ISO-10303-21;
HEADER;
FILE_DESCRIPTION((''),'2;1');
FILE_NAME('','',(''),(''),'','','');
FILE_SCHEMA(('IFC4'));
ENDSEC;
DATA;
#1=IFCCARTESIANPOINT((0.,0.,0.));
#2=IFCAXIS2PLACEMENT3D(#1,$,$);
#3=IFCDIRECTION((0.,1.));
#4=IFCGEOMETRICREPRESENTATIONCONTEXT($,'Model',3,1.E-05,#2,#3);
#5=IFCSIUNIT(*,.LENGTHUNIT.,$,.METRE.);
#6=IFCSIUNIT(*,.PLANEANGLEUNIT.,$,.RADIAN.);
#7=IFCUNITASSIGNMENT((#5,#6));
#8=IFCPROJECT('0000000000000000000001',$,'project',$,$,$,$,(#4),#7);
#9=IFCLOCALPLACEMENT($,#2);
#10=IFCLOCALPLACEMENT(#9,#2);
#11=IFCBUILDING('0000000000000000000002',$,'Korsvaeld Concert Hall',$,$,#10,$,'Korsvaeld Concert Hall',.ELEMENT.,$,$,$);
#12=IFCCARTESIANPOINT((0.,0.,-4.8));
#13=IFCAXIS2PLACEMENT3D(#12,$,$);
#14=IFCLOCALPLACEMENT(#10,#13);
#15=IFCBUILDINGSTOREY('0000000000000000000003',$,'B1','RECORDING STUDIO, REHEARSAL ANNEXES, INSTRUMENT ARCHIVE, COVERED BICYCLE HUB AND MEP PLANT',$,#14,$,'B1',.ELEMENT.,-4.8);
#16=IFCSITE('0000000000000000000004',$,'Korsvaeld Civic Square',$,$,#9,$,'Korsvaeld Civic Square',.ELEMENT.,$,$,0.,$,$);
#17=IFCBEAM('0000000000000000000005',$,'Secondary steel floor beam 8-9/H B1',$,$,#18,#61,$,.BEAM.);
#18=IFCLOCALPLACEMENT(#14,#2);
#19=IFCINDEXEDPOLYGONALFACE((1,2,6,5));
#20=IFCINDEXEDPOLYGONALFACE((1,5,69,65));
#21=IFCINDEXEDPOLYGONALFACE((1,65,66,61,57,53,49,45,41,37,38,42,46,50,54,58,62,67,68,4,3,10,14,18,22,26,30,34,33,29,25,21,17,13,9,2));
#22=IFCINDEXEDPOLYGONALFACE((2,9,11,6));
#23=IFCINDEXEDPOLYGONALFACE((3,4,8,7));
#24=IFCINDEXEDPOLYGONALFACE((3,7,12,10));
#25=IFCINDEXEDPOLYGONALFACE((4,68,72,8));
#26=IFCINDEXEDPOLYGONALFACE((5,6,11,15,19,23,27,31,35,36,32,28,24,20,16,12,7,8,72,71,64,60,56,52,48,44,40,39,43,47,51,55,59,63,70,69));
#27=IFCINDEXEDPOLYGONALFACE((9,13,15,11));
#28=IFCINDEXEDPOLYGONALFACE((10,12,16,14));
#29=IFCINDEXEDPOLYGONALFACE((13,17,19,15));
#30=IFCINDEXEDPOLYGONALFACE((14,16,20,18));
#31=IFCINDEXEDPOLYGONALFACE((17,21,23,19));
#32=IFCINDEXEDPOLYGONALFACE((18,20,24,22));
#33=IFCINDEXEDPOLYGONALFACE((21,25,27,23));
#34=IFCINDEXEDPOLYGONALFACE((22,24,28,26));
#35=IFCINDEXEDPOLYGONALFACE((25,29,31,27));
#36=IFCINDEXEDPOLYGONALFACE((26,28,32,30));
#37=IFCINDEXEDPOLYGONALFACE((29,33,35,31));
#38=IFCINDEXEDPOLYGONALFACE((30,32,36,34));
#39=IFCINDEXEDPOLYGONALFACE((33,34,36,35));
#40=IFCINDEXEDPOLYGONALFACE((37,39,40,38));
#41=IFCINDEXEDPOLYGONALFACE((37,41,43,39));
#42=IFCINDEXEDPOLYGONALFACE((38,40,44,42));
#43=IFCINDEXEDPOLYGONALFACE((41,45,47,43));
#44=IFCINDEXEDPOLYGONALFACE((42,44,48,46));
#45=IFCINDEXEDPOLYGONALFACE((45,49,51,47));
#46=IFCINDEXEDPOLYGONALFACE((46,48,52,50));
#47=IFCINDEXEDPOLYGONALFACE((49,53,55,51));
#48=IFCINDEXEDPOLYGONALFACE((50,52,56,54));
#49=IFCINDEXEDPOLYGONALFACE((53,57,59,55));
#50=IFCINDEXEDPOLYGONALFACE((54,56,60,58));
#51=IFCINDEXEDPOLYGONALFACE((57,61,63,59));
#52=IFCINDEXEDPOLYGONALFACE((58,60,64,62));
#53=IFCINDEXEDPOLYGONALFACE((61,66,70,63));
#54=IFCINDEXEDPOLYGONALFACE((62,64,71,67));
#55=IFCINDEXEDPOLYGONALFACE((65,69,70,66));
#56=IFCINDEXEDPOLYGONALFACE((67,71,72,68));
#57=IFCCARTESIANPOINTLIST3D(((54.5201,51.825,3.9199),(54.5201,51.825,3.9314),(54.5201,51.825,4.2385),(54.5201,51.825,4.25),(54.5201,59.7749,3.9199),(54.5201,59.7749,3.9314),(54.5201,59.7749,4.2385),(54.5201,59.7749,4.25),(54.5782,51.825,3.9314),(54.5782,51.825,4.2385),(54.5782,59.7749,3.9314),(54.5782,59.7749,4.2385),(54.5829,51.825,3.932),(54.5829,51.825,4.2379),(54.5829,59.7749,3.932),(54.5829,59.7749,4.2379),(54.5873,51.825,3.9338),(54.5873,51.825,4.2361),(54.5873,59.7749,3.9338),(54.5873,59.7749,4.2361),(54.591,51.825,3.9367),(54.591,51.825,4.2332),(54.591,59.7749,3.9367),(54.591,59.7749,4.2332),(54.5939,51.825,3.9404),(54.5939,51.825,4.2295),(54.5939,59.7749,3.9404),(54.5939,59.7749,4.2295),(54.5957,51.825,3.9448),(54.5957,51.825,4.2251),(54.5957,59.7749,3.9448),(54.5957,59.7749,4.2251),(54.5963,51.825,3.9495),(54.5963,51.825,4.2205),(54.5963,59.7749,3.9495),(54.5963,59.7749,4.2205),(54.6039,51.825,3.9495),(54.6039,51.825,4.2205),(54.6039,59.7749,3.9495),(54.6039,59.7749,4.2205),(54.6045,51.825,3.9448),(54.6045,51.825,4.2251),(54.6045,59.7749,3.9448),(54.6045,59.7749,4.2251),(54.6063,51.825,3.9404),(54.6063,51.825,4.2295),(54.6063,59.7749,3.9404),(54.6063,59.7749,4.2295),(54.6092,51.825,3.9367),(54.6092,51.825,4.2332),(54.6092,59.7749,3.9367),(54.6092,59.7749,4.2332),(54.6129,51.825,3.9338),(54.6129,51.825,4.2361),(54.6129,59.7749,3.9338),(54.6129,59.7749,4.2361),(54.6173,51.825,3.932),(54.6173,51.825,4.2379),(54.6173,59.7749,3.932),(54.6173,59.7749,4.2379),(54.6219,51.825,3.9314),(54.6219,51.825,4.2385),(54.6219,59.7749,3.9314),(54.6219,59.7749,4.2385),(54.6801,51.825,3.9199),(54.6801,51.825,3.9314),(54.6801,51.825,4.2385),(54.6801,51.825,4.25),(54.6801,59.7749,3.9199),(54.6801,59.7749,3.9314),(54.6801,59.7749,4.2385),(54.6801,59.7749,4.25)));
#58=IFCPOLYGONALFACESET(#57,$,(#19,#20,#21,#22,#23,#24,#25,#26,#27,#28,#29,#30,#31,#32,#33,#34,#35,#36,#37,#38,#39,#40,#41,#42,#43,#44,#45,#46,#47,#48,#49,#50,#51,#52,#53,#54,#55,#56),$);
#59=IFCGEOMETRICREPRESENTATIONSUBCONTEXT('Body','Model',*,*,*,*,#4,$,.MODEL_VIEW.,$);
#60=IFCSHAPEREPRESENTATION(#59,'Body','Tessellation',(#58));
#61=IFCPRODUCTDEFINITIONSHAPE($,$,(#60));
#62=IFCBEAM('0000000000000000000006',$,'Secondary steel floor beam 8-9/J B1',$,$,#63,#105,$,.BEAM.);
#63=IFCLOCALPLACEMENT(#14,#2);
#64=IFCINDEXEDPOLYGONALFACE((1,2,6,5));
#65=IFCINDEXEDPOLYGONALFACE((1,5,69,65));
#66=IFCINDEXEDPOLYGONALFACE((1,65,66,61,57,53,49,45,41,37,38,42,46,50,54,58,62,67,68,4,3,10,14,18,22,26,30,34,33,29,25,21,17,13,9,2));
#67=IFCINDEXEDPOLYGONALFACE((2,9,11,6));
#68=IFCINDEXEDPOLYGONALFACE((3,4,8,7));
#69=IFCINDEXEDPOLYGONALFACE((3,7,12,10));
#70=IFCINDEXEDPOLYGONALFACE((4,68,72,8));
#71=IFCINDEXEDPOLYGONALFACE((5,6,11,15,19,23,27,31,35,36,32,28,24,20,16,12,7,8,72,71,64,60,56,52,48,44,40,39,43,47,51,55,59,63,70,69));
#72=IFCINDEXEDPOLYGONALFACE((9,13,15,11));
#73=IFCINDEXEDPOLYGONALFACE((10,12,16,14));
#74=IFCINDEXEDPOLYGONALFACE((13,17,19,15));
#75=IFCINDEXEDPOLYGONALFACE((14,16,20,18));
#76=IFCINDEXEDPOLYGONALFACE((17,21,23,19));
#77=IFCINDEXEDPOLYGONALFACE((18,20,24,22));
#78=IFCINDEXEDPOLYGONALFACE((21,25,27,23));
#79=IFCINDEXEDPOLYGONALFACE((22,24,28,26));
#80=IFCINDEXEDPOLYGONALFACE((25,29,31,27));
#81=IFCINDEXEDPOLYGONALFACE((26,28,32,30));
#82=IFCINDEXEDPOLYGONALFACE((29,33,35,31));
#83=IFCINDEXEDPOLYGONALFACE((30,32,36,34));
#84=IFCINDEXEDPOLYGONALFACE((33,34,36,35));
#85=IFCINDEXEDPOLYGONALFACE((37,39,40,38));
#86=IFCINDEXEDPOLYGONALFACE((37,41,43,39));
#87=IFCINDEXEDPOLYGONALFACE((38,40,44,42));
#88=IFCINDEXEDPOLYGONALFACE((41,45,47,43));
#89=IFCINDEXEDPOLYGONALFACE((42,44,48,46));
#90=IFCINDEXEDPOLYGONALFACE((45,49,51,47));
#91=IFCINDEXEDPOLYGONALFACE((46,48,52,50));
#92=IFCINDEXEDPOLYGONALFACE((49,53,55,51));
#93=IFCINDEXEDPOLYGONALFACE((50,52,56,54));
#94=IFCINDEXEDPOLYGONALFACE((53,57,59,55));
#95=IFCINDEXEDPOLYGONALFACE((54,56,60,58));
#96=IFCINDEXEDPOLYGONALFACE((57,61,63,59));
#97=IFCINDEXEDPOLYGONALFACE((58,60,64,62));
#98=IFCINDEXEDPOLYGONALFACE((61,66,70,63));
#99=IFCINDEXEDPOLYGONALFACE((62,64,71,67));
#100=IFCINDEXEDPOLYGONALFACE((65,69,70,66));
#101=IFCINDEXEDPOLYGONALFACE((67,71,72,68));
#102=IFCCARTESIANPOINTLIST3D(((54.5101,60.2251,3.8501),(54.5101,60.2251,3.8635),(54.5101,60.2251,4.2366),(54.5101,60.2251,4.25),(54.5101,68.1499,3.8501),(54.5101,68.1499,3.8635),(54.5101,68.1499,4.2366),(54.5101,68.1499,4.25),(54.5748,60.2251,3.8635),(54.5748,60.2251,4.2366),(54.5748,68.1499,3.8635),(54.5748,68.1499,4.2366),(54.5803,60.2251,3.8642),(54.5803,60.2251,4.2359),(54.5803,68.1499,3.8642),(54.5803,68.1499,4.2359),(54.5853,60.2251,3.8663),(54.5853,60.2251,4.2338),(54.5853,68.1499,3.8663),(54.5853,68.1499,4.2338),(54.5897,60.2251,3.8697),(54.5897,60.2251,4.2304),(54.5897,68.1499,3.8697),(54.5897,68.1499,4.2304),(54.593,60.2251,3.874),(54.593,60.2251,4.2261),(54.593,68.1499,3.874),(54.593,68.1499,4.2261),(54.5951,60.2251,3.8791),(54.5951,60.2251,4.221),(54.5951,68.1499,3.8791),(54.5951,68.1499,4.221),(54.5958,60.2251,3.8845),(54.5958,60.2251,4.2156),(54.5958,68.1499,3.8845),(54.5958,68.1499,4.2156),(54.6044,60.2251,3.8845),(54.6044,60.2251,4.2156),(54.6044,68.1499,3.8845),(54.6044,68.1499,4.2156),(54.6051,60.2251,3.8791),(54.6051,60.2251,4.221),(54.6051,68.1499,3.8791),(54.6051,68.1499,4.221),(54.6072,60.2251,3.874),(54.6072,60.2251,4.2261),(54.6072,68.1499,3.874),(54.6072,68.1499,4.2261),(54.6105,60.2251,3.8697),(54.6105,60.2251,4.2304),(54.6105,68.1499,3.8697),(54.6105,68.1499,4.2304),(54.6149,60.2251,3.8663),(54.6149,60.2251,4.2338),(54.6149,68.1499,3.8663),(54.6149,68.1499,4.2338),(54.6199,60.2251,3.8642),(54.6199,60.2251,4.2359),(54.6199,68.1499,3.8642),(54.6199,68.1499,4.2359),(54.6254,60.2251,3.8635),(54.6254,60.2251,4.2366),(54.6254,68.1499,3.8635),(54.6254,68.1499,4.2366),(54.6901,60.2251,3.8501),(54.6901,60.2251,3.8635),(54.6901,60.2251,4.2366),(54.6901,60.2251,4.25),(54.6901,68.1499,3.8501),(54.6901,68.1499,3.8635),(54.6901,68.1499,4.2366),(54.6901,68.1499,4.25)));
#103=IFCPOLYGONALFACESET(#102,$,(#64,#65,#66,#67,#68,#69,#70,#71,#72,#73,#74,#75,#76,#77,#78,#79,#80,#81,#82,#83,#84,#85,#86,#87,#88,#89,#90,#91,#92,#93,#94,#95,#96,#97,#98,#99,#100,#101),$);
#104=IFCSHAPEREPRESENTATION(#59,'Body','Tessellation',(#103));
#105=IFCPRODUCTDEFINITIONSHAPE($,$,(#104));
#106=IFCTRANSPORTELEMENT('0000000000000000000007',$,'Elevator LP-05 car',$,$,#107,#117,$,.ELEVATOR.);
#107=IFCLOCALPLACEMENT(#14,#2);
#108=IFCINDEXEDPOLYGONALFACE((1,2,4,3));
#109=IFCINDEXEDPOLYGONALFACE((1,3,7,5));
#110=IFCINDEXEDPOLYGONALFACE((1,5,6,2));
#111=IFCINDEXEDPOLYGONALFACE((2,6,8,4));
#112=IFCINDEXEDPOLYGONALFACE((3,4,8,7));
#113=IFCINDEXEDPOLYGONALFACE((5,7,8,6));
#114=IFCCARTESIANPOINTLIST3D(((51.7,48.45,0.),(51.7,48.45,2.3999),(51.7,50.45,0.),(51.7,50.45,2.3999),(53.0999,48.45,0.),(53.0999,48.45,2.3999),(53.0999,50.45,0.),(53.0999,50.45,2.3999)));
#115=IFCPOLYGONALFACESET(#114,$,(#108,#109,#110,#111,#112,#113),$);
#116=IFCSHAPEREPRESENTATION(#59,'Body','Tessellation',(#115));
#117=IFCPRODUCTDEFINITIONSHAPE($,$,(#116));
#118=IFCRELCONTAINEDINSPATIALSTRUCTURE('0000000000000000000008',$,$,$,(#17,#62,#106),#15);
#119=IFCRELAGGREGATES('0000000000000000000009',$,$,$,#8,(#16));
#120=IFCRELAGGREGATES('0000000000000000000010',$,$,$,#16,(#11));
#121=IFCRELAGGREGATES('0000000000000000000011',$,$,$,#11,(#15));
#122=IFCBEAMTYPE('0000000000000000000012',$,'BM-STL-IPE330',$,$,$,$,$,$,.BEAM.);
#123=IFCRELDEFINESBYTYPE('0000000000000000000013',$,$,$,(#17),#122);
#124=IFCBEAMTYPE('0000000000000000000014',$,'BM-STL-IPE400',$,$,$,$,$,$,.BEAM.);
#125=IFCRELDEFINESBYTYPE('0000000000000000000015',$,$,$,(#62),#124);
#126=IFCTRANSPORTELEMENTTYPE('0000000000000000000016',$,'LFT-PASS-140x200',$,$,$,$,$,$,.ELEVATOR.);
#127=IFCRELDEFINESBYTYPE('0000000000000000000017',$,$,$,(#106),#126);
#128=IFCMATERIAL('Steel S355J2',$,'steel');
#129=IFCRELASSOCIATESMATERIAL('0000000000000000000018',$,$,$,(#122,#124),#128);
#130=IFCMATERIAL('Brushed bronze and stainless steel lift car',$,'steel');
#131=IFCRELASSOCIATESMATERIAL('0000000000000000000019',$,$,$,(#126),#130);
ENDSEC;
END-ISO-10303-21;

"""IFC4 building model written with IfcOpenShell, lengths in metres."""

from ifc_helpers import new_model, si_unit, direction, frame, origin, origin_2d, place, context, subcontext, project, spatial, rectangle, i_section, extrude, material, material_profile, profile_set, type_object, element, save


model = new_model("IFC4")

# Units and contexts
model_context = context("Model", 3, precision=1e-05, world=origin(), true_north=direction((0.0, 1.0)))
body_context = subcontext(model_context, "Body", "Model", "MODEL_VIEW")
ifc_project = project(units=[si_unit("LENGTHUNIT", "METRE"), si_unit("PLANEANGLEUNIT", "RADIAN")], contexts=[model_context])

# Site, building, storey
site_placement = place(None, origin())
site = spatial("IfcSite", under=ifc_project, at=site_placement, Name="Korsvaeld Civic Square", LongName="Korsvaeld Civic Square", CompositionType="ELEMENT", RefElevation=0.0)
building_placement = place(site_placement, origin())
building = spatial("IfcBuilding", under=site, at=building_placement, Name="Korsvaeld Concert Hall", LongName="Korsvaeld Concert Hall", CompositionType="ELEMENT")
storey_placement = place(building_placement, frame((0.0, 0.0, -4.8)))
storey = spatial("IfcBuildingStorey", under=building, at=storey_placement, Name="B1", Description="RECORDING STUDIO, REHEARSAL ANNEXES, INSTRUMENT ARCHIVE, COVERED BICYCLE HUB AND MEP PLANT", LongName="B1", CompositionType="ELEMENT", Elevation=-4.8)

# Beams
ifc_material_1 = material(Name="Steel S355J2", Category="steel")
ifc_material_profile_1 = material_profile(ifc_material_1, i_section(OverallWidth=0.1599, OverallDepth=0.3301, WebThickness=0.0076, FlangeThickness=0.0115, FilletRadius=0.0181, at=origin_2d()), Name="IPE 330")
ifc_profile_set_1 = profile_set([ifc_material_profile_1], Name="Steel S355J2")
beam_type_1 = type_object("IfcBeamType", Name="BM-STL-IPE330", PredefinedType="BEAM", material=ifc_profile_set_1)
beam_1_placement = place(storey_placement, frame((54.6001, 51.825, 4.085), z_axis=(0.0, 1.0, 0.0), x_axis=(-1.0, 0.0, 0.0)))
element("IfcBeam", 1, at=beam_1_placement, inside=storey, type_object=beam_type_1, Name="Secondary steel floor beam 8-9/H B1", PredefinedType="BEAM", context=body_context, shape_type="SweptSolid", body=[
    extrude(i_section(OverallWidth=0.1599, OverallDepth=0.3301, WebThickness=0.0076, FlangeThickness=0.0115, FilletRadius=0.0181, at=origin_2d()), origin(), (0.0, 0.0, 1.0), 7.95),
])
ifc_material_profile_2 = material_profile(ifc_material_1, i_section(OverallWidth=0.1799, OverallDepth=0.3999, WebThickness=0.0085, FlangeThickness=0.0134, FilletRadius=0.021, at=origin_2d()), Name="IPE 400")
ifc_profile_set_2 = profile_set([ifc_material_profile_2], Name="Steel S355J2")
beam_type_2 = type_object("IfcBeamType", Name="BM-STL-IPE400", PredefinedType="BEAM", material=ifc_profile_set_2)
beam_2_placement = place(storey_placement, frame((54.6001, 60.2251, 4.05), z_axis=(0.0, 1.0, 0.0), x_axis=(-1.0, 0.0, 0.0)))
element("IfcBeam", 2, at=beam_2_placement, inside=storey, type_object=beam_type_2, Name="Secondary steel floor beam 8-9/J B1", PredefinedType="BEAM", context=body_context, shape_type="SweptSolid", body=[
    extrude(i_section(OverallWidth=0.1799, OverallDepth=0.3999, WebThickness=0.0085, FlangeThickness=0.0134, FilletRadius=0.021, at=origin_2d()), origin(), (0.0, 0.0, 1.0), 7.9248),
])

# Transport element
ifc_material_2 = material(Name="Brushed bronze and stainless steel lift car", Category="steel")
transport_element_type = type_object("IfcTransportElementType", Name="LFT-PASS-140x200", PredefinedType="ELEVATOR", material=ifc_material_2)
transport_element_placement = place(storey_placement, frame((52.3999, 49.45, 0.0), z_axis=(0.0, 0.0, 1.0), x_axis=(1.0, 0.0, 0.0)))
element("IfcTransportElement", 3, at=transport_element_placement, inside=storey, type_object=transport_element_type, Name="Elevator LP-05 car", PredefinedType="ELEVATOR", context=body_context, shape_type="SweptSolid", body=[
    extrude(rectangle(XDim=1.3999, YDim=2.0, at=origin_2d()), origin(), (0.0, 0.0, 1.0), 2.3999),
])

save(model, "model.ifc")
